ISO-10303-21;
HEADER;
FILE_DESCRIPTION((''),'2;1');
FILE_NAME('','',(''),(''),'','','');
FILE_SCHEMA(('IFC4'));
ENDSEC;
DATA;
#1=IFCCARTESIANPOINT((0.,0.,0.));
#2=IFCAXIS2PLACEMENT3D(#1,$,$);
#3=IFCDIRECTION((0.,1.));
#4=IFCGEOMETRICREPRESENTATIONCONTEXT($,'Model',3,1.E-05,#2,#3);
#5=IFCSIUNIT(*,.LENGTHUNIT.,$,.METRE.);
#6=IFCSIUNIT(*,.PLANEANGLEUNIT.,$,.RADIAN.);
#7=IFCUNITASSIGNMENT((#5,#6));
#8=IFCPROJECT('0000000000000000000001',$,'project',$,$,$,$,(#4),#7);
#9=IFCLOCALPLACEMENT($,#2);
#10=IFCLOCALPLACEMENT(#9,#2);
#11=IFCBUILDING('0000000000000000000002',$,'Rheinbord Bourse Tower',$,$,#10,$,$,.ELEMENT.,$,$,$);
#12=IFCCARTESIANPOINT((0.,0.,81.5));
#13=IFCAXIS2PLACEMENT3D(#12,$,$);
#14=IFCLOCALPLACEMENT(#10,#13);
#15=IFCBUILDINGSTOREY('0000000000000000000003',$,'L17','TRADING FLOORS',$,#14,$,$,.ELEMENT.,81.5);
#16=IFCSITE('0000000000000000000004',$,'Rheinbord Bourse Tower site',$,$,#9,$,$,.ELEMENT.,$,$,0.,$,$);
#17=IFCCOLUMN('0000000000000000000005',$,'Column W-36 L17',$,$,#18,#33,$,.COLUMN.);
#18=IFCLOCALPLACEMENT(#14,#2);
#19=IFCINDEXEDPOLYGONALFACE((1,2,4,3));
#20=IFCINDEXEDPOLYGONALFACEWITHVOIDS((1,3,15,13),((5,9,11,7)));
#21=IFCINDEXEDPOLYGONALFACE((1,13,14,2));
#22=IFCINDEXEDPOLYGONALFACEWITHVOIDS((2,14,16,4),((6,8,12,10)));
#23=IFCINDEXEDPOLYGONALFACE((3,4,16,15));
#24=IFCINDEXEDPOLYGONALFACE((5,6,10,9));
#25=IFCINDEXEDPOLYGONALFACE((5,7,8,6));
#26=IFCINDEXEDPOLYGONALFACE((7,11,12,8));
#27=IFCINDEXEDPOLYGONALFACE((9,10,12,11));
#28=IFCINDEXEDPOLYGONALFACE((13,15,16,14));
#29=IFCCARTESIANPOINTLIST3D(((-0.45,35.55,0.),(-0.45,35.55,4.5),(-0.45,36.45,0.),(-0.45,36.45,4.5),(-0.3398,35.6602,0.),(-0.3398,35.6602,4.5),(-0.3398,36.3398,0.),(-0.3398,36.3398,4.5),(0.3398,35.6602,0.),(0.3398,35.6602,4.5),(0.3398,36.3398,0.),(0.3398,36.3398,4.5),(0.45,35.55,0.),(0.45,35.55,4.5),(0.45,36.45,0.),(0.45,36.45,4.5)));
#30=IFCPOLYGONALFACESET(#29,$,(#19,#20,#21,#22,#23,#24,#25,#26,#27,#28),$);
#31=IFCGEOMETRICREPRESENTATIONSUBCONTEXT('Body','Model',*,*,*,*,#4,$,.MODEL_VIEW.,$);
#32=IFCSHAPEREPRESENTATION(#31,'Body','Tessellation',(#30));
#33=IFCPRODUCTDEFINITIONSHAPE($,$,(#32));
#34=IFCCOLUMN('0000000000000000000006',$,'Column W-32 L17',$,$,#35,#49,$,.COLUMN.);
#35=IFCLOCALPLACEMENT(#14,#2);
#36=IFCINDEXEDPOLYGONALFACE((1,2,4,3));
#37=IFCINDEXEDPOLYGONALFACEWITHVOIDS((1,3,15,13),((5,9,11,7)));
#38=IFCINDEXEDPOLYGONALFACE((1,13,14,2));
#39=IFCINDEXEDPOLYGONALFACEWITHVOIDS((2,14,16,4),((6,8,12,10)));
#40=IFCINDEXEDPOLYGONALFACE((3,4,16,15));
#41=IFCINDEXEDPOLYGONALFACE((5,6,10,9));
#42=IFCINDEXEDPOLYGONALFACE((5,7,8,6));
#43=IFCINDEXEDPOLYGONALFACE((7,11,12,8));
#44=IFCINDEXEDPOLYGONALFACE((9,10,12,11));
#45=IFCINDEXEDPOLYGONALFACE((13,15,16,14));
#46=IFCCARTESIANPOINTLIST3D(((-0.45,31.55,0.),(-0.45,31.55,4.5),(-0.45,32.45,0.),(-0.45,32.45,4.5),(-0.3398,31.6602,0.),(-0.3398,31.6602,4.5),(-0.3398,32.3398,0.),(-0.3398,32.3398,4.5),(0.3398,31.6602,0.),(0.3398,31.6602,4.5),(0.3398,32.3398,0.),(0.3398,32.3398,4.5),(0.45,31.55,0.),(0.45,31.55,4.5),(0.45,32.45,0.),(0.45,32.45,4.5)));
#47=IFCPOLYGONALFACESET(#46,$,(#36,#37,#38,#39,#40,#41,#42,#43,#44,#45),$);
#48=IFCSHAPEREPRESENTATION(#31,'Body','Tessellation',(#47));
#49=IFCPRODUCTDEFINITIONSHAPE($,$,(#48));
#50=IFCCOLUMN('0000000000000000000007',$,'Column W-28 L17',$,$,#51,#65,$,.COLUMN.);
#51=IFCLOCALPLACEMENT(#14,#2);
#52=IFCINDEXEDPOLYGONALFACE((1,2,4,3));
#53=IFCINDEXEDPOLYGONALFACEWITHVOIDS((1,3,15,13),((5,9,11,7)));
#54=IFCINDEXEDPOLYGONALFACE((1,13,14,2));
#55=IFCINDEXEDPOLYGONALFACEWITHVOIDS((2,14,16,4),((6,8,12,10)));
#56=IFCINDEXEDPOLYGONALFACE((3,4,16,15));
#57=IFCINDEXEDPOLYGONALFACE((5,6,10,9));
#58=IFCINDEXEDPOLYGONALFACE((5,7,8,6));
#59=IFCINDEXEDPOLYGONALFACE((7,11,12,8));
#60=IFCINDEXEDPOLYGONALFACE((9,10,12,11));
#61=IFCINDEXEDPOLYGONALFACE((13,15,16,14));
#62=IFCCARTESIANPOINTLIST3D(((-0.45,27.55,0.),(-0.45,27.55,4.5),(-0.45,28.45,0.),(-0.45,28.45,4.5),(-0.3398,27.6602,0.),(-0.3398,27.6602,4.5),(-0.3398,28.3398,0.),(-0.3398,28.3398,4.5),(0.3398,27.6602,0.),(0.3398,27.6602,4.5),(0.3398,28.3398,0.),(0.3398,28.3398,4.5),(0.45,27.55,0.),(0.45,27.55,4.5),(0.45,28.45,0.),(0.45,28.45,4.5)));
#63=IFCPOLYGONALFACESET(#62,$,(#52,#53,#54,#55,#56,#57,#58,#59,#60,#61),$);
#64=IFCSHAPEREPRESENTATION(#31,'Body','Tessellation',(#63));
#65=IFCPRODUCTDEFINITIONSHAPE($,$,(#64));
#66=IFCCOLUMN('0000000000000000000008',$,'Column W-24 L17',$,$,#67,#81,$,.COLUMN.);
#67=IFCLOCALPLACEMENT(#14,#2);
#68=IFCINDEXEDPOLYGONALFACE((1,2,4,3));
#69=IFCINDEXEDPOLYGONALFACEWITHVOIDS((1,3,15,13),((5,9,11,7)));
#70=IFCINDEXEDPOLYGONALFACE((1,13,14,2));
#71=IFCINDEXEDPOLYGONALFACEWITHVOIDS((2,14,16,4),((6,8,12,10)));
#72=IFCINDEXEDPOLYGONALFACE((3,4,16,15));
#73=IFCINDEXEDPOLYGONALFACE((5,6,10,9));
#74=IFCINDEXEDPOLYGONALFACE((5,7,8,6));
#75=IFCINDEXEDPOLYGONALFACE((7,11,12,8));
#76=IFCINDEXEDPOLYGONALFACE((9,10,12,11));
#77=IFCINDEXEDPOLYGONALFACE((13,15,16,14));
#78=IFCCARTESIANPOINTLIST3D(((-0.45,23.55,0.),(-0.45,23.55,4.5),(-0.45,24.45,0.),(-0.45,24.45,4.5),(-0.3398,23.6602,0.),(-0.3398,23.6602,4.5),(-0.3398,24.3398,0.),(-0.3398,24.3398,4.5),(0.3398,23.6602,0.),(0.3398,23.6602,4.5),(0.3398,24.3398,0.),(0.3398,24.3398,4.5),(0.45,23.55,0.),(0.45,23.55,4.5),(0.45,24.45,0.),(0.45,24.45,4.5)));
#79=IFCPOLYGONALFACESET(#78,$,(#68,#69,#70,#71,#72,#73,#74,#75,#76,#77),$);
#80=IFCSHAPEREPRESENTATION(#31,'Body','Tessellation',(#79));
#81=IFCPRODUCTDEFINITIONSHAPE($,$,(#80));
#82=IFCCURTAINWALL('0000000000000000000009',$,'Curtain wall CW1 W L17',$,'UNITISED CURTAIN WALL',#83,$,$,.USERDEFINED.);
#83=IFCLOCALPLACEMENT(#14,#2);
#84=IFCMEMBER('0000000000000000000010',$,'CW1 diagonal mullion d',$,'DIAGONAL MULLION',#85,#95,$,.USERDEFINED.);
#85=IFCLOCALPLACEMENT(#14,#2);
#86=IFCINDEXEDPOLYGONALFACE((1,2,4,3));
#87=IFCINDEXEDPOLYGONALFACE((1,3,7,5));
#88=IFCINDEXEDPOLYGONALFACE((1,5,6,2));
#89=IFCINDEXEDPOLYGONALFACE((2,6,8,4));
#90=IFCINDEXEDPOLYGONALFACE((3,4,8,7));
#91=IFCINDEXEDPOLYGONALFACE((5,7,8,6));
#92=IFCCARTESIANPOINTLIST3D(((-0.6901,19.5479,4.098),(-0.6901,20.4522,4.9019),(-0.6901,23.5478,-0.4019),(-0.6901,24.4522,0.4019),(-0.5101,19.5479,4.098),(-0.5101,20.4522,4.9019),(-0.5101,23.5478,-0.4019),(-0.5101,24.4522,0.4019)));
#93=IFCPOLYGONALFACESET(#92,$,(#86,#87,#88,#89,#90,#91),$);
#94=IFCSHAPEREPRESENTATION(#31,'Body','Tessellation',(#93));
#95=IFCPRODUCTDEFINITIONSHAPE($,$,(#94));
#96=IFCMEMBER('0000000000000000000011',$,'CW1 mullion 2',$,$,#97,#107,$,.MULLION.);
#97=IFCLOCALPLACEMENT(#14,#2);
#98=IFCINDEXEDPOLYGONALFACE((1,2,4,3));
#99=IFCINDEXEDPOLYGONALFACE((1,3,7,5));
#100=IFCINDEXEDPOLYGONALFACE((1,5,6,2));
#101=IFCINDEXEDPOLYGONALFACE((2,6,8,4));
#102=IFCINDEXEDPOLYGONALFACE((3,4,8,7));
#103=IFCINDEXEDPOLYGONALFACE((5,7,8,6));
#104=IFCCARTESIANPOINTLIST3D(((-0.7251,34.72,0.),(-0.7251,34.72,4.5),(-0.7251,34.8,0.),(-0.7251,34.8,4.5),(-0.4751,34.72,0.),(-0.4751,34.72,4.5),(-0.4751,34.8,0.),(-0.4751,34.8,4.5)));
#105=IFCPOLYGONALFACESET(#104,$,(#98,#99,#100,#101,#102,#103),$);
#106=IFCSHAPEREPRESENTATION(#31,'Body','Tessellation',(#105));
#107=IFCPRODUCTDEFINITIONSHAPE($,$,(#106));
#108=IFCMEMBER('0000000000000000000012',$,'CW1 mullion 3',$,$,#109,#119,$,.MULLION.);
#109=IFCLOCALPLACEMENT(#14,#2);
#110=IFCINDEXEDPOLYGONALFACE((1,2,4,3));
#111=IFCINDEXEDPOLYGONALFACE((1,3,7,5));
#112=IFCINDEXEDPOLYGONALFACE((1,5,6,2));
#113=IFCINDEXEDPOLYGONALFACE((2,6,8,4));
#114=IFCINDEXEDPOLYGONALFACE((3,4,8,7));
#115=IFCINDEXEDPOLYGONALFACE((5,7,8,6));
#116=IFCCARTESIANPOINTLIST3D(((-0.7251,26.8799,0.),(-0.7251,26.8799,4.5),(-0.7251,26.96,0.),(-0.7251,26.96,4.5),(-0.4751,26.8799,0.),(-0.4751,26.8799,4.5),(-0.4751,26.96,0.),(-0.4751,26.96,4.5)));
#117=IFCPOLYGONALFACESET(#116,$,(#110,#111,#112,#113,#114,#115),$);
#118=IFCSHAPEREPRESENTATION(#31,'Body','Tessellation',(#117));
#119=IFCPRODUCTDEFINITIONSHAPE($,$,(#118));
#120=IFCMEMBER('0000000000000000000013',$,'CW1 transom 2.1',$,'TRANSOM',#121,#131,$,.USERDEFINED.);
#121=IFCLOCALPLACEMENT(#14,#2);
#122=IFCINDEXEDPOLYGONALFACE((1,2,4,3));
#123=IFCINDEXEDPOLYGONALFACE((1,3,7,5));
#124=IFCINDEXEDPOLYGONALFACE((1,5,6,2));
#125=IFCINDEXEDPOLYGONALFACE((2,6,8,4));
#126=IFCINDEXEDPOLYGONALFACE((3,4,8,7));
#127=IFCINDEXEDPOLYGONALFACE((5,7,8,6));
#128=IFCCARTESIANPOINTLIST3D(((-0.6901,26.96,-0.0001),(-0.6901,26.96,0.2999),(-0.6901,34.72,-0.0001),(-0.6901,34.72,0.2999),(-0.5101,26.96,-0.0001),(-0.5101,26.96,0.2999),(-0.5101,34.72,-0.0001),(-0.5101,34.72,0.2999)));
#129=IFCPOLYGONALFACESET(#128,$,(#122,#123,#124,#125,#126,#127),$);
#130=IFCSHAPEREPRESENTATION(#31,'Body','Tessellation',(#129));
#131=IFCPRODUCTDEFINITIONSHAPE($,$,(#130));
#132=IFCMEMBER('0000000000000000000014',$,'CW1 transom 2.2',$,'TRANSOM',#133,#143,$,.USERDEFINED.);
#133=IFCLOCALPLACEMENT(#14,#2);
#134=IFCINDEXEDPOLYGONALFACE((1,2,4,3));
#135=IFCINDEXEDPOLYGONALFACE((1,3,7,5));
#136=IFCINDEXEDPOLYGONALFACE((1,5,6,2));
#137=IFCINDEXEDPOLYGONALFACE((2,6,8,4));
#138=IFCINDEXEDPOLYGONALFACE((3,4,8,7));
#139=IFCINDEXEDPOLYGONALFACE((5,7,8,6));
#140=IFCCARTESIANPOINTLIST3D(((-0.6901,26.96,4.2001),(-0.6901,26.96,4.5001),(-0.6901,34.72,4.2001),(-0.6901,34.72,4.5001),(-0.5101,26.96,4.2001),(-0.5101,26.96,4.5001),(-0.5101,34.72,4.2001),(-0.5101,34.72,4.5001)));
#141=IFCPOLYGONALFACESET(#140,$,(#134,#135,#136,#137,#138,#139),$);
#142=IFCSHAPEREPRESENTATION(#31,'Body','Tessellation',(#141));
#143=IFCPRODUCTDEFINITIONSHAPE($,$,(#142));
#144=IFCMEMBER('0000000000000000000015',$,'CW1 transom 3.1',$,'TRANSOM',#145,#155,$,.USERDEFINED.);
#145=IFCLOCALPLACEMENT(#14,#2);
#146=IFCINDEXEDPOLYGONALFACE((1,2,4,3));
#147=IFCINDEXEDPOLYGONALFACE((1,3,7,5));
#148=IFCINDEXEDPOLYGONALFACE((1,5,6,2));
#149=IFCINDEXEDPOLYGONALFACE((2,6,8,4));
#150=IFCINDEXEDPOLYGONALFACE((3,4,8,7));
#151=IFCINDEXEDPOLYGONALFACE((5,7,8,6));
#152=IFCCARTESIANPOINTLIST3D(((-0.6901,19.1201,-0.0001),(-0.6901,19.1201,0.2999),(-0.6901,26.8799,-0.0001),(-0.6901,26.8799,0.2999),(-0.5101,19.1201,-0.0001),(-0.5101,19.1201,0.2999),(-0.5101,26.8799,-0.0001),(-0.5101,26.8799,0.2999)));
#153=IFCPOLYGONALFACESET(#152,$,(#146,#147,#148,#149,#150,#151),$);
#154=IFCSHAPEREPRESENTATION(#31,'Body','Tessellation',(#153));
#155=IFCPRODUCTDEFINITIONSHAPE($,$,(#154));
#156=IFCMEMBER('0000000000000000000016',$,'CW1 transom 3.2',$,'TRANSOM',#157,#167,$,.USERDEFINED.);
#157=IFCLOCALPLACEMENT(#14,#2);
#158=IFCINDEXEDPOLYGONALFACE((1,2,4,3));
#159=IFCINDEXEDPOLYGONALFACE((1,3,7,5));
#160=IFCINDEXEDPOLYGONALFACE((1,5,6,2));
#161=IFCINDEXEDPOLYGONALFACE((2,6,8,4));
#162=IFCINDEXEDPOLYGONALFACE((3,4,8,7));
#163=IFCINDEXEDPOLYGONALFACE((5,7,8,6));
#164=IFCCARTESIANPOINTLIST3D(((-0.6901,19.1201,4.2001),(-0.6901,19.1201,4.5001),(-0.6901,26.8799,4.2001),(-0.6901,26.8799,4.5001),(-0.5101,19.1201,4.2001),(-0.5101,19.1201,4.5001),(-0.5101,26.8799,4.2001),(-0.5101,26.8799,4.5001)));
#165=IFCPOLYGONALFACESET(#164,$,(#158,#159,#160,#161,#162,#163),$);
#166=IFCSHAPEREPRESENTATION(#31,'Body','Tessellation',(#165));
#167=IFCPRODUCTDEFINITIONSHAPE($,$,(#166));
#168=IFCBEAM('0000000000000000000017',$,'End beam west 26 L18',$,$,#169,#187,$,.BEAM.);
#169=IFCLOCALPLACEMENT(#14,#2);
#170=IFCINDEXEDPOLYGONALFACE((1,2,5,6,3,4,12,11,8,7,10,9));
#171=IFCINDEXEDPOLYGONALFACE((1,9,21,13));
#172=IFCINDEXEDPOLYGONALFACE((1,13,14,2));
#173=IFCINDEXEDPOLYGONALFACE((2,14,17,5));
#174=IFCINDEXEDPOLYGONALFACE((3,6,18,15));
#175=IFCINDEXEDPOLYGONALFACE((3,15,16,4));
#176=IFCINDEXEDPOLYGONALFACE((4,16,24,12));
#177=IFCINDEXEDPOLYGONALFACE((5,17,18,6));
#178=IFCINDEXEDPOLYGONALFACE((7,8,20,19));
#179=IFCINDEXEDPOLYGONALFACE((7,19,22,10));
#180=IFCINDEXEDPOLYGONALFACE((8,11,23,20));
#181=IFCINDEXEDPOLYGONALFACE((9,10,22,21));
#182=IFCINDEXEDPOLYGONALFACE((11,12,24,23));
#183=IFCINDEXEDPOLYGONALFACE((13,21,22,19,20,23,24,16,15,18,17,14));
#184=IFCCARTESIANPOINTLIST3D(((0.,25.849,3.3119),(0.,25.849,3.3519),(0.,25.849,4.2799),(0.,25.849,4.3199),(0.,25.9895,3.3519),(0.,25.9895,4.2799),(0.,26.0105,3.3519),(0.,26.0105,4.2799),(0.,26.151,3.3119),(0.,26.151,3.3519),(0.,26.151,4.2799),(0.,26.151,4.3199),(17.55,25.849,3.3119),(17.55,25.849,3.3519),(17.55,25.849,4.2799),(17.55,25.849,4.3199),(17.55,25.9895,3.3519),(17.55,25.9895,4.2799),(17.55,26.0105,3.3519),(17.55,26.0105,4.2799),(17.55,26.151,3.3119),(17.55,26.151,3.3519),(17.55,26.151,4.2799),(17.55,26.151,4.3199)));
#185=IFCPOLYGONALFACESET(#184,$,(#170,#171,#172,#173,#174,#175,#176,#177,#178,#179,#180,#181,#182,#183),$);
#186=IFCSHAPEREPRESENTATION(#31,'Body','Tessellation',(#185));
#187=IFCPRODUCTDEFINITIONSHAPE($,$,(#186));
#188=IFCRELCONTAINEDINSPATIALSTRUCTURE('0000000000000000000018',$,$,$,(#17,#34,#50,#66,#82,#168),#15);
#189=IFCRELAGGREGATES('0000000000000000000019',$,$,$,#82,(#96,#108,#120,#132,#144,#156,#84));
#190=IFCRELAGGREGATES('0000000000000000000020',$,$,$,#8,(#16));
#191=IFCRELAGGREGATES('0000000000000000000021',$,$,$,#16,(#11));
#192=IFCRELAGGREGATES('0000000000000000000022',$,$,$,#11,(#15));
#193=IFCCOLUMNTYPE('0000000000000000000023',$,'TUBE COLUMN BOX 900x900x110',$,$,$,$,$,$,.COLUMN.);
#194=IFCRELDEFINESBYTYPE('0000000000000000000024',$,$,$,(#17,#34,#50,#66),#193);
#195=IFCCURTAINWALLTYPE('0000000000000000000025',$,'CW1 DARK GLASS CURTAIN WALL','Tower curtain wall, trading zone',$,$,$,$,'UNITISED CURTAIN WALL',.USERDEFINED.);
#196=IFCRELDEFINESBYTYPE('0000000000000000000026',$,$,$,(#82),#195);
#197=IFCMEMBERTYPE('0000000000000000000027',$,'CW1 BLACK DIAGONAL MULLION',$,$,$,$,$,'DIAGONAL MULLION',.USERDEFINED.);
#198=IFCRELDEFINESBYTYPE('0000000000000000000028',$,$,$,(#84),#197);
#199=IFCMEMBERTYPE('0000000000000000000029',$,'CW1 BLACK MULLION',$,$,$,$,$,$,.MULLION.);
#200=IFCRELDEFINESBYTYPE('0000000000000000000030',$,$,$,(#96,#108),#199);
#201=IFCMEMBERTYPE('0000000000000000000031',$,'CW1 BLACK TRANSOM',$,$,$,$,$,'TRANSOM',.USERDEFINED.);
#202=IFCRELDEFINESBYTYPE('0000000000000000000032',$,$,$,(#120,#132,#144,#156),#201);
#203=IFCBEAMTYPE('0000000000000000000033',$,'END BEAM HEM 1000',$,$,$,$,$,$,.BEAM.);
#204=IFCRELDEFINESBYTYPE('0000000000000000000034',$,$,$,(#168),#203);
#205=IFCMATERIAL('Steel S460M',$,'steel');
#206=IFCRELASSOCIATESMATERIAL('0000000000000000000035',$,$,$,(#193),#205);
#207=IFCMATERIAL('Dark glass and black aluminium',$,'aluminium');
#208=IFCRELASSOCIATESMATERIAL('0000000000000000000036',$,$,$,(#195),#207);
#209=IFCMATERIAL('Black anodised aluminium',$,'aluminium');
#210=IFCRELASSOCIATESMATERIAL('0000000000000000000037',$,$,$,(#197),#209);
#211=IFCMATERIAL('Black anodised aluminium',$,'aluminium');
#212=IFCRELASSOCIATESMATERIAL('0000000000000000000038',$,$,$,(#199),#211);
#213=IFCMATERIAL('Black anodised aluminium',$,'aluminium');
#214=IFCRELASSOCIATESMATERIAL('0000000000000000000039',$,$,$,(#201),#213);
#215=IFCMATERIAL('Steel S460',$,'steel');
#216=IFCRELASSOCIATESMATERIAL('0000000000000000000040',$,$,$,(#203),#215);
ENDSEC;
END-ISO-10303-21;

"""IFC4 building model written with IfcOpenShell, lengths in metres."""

from ifc_helpers import new_model, si_unit, direction, frame, origin, origin_2d, place, context, subcontext, project, spatial, rectangle, hollow_rectangle, i_section, extrude, material, material_profile, profile_set, type_object, element, aggregate, save


model = new_model("IFC4")

# Units and contexts
model_context = context("Model", 3, precision=1e-05, world=origin(), true_north=direction((0.0, 1.0)))
body_context = subcontext(model_context, "Body", "Model", "MODEL_VIEW")
ifc_project = project(units=[si_unit("LENGTHUNIT", "METRE"), si_unit("PLANEANGLEUNIT", "RADIAN")], contexts=[model_context])

# Site, building, storey
site_placement = place(None, origin())
site = spatial("IfcSite", under=ifc_project, at=site_placement, Name="Rheinbord Bourse Tower site", CompositionType="ELEMENT", RefElevation=0.0)
building_placement = place(site_placement, origin())
building = spatial("IfcBuilding", under=site, at=building_placement, Name="Rheinbord Bourse Tower", CompositionType="ELEMENT")
storey_placement = place(building_placement, frame((0.0, 0.0, 81.5)))
storey = spatial("IfcBuildingStorey", under=building, at=storey_placement, Name="L17", Description="TRADING FLOORS", CompositionType="ELEMENT", Elevation=81.5)

# Columns
ifc_material_1 = material(Name="Steel S460M", Category="steel")
ifc_material_profile_1 = material_profile(ifc_material_1, hollow_rectangle(XDim=0.8999, YDim=0.8999, WallThickness=0.1101, at=origin_2d()), Name="BOX 900x900x110")
ifc_profile_set_1 = profile_set([ifc_material_profile_1], Name="Steel S460M")
column_type = type_object("IfcColumnType", Name="TUBE COLUMN BOX 900x900x110", PredefinedType="COLUMN", material=ifc_profile_set_1)
for number, where, z_axis, x_axis, name in (
    (1, (0.0, 36.0, 0.0), (0.0, 0.0, 1.0), (1.0, 0.0, 0.0), "Column W-36 L17"),
    (2, (0.0, 32.0, 0.0), (0.0, 0.0, 1.0), (1.0, 0.0, 0.0), "Column W-32 L17"),
    (3, (0.0, 28.0, 0.0), (0.0, 0.0, 1.0), (1.0, 0.0, 0.0), "Column W-28 L17"),
    (4, (0.0, 24.0, 0.0), (0.0, 0.0, 1.0), (1.0, 0.0, 0.0), "Column W-24 L17"),
):
    element("IfcColumn", number, at=place(storey_placement, frame(where, z_axis=z_axis, x_axis=x_axis)), inside=storey, type_object=column_type, Name=name, PredefinedType="COLUMN", context=body_context, shape_type="SweptSolid", body=[
        extrude(hollow_rectangle(XDim=0.8999, YDim=0.8999, WallThickness=0.1101, at=origin_2d()), origin(), (0.0, 0.0, 1.0), 4.5),
    ])

# Curtain wall, members
ifc_material_2 = material(Name="Dark glass and black aluminium", Category="aluminium")
curtain_wall_type = type_object("IfcCurtainWallType", Name="CW1 DARK GLASS CURTAIN WALL", Description="Tower curtain wall, trading zone", ElementType="UNITISED CURTAIN WALL", PredefinedType="USERDEFINED", material=ifc_material_2)
curtain_wall_placement = place(storey_placement, origin())
curtain_wall = element("IfcCurtainWall", 5, at=curtain_wall_placement, inside=storey, type_object=curtain_wall_type, Name="Curtain wall CW1 W L17", ObjectType="UNITISED CURTAIN WALL", PredefinedType="USERDEFINED")
ifc_material_3 = material(Name="Black anodised aluminium", Category="aluminium")
ifc_material_profile_2 = material_profile(ifc_material_3, rectangle(XDim=0.1799, YDim=1.21, at=origin_2d()), Name="CW1 DIAGONAL MULLION 1210x180")
ifc_profile_set_2 = profile_set([ifc_material_profile_2], Name="Black anodised aluminium")
member_type_1 = type_object("IfcMemberType", Name="CW1 BLACK DIAGONAL MULLION", ElementType="DIAGONAL MULLION", PredefinedType="USERDEFINED", material=ifc_profile_set_2)
member_1_placement = place(storey_placement, frame((-0.6001, 24.0, 0.0), z_axis=(0.0, -0.664364, 0.747409), x_axis=(1.0, 0.0, 0.0)))
member_1 = element("IfcMember", 6, at=member_1_placement, type_object=member_type_1, Name="CW1 diagonal mullion d", ObjectType="DIAGONAL MULLION", PredefinedType="USERDEFINED", context=body_context, shape_type="SweptSolid", body=[
    extrude(rectangle(XDim=0.1799, YDim=1.21, at=origin_2d()), origin(), (0.0, 0.0, 1.0), 6.0208),
])
ifc_material_4 = material(Name="Black anodised aluminium", Category="aluminium")
ifc_material_profile_3 = material_profile(ifc_material_4, rectangle(XDim=0.25, YDim=0.0801, at=origin_2d()), Name="CW1 MULLION 80x250")
ifc_profile_set_3 = profile_set([ifc_material_profile_3], Name="Black anodised aluminium")
member_type_2 = type_object("IfcMemberType", Name="CW1 BLACK MULLION", PredefinedType="MULLION", material=ifc_profile_set_3)
member_2_placement = place(storey_placement, frame((-0.6001, 34.76, 0.0), z_axis=(0.0, 0.0, 1.0), x_axis=(1.0, 0.0, 0.0)))
member_2 = element("IfcMember", 7, at=member_2_placement, type_object=member_type_2, Name="CW1 mullion 2", PredefinedType="MULLION", context=body_context, shape_type="SweptSolid", body=[
    extrude(rectangle(XDim=0.25, YDim=0.0801, at=origin_2d()), origin(), (0.0, 0.0, 1.0), 4.5),
])
member_3_placement = place(storey_placement, frame((-0.6001, 26.9199, 0.0), z_axis=(0.0, 0.0, 1.0), x_axis=(1.0, 0.0, 0.0)))
member_3 = element("IfcMember", 8, at=member_3_placement, type_object=member_type_2, Name="CW1 mullion 3", PredefinedType="MULLION", context=body_context, shape_type="SweptSolid", body=[
    extrude(rectangle(XDim=0.25, YDim=0.0801, at=origin_2d()), origin(), (0.0, 0.0, 1.0), 4.5),
])
ifc_material_5 = material(Name="Black anodised aluminium", Category="aluminium")
ifc_material_profile_4 = material_profile(ifc_material_5, rectangle(XDim=0.1799, YDim=0.3, at=origin_2d()), Name="CW1 TRANSOM 300x180")
ifc_profile_set_4 = profile_set([ifc_material_profile_4], Name="Black anodised aluminium")
member_type_3 = type_object("IfcMemberType", Name="CW1 BLACK TRANSOM", ElementType="TRANSOM", PredefinedType="USERDEFINED", material=ifc_profile_set_4)
member_4_placement = place(storey_placement, frame((-0.6001, 34.72, 0.1499), z_axis=(0.0, -1.0, 0.0), x_axis=(1.0, 0.0, 0.0)))
member_4 = element("IfcMember", 9, at=member_4_placement, type_object=member_type_3, Name="CW1 transom 2.1", ObjectType="TRANSOM", PredefinedType="USERDEFINED", context=body_context, shape_type="SweptSolid", body=[
    extrude(rectangle(XDim=0.1799, YDim=0.3, at=origin_2d()), origin(), (0.0, 0.0, 1.0), 7.76),
])
member_5_placement = place(storey_placement, frame((-0.6001, 34.72, 4.3501), z_axis=(0.0, -1.0, 0.0), x_axis=(1.0, 0.0, 0.0)))
member_5 = element("IfcMember", 10, at=member_5_placement, type_object=member_type_3, Name="CW1 transom 2.2", ObjectType="TRANSOM", PredefinedType="USERDEFINED", context=body_context, shape_type="SweptSolid", body=[
    extrude(rectangle(XDim=0.1799, YDim=0.3, at=origin_2d()), origin(), (0.0, 0.0, 1.0), 7.76),
])
member_6_placement = place(storey_placement, frame((-0.6001, 26.8799, 0.1499), z_axis=(0.0, -1.0, 0.0), x_axis=(1.0, 0.0, 0.0)))
member_6 = element("IfcMember", 11, at=member_6_placement, type_object=member_type_3, Name="CW1 transom 3.1", ObjectType="TRANSOM", PredefinedType="USERDEFINED", context=body_context, shape_type="SweptSolid", body=[
    extrude(rectangle(XDim=0.1799, YDim=0.3, at=origin_2d()), origin(), (0.0, 0.0, 1.0), 7.7598),
])
member_7_placement = place(storey_placement, frame((-0.6001, 26.8799, 4.3501), z_axis=(0.0, -1.0, 0.0), x_axis=(1.0, 0.0, 0.0)))
member_7 = element("IfcMember", 12, at=member_7_placement, type_object=member_type_3, Name="CW1 transom 3.2", ObjectType="TRANSOM", PredefinedType="USERDEFINED", context=body_context, shape_type="SweptSolid", body=[
    extrude(rectangle(XDim=0.1799, YDim=0.3, at=origin_2d()), origin(), (0.0, 0.0, 1.0), 7.7598),
])

# Beam
ifc_material_6 = material(Name="Steel S460", Category="steel")
ifc_material_profile_5 = material_profile(ifc_material_6, i_section(OverallWidth=0.302, OverallDepth=1.0081, WebThickness=0.021, FlangeThickness=0.04, at=origin_2d()), Name="HEM 1000")
ifc_profile_set_5 = profile_set([ifc_material_profile_5], Name="Steel S460")
beam_type_1 = type_object("IfcBeamType", Name="END BEAM HEM 1000", PredefinedType="BEAM", material=ifc_profile_set_5)
for number, where, z_axis, x_axis, name in (
    (13, (0.0, 26.0, 3.8159), (1.0, 0.0, 0.0), (0.0, 1.0, 0.0), "End beam west 26 L18"),
):
    element("IfcBeam", number, at=place(storey_placement, frame(where, z_axis=z_axis, x_axis=x_axis)), inside=storey, type_object=beam_type_1, Name=name, PredefinedType="BEAM", context=body_context, shape_type="SweptSolid", body=[
        extrude(i_section(OverallWidth=0.302, OverallDepth=1.0081, WebThickness=0.021, FlangeThickness=0.04, at=origin_2d()), origin(), (0.0, 0.0, 1.0), 17.55),
    ])

aggregate(curtain_wall, [member_2, member_3, member_4, member_5, member_6, member_7, member_1])

save(model, "model.ifc")
